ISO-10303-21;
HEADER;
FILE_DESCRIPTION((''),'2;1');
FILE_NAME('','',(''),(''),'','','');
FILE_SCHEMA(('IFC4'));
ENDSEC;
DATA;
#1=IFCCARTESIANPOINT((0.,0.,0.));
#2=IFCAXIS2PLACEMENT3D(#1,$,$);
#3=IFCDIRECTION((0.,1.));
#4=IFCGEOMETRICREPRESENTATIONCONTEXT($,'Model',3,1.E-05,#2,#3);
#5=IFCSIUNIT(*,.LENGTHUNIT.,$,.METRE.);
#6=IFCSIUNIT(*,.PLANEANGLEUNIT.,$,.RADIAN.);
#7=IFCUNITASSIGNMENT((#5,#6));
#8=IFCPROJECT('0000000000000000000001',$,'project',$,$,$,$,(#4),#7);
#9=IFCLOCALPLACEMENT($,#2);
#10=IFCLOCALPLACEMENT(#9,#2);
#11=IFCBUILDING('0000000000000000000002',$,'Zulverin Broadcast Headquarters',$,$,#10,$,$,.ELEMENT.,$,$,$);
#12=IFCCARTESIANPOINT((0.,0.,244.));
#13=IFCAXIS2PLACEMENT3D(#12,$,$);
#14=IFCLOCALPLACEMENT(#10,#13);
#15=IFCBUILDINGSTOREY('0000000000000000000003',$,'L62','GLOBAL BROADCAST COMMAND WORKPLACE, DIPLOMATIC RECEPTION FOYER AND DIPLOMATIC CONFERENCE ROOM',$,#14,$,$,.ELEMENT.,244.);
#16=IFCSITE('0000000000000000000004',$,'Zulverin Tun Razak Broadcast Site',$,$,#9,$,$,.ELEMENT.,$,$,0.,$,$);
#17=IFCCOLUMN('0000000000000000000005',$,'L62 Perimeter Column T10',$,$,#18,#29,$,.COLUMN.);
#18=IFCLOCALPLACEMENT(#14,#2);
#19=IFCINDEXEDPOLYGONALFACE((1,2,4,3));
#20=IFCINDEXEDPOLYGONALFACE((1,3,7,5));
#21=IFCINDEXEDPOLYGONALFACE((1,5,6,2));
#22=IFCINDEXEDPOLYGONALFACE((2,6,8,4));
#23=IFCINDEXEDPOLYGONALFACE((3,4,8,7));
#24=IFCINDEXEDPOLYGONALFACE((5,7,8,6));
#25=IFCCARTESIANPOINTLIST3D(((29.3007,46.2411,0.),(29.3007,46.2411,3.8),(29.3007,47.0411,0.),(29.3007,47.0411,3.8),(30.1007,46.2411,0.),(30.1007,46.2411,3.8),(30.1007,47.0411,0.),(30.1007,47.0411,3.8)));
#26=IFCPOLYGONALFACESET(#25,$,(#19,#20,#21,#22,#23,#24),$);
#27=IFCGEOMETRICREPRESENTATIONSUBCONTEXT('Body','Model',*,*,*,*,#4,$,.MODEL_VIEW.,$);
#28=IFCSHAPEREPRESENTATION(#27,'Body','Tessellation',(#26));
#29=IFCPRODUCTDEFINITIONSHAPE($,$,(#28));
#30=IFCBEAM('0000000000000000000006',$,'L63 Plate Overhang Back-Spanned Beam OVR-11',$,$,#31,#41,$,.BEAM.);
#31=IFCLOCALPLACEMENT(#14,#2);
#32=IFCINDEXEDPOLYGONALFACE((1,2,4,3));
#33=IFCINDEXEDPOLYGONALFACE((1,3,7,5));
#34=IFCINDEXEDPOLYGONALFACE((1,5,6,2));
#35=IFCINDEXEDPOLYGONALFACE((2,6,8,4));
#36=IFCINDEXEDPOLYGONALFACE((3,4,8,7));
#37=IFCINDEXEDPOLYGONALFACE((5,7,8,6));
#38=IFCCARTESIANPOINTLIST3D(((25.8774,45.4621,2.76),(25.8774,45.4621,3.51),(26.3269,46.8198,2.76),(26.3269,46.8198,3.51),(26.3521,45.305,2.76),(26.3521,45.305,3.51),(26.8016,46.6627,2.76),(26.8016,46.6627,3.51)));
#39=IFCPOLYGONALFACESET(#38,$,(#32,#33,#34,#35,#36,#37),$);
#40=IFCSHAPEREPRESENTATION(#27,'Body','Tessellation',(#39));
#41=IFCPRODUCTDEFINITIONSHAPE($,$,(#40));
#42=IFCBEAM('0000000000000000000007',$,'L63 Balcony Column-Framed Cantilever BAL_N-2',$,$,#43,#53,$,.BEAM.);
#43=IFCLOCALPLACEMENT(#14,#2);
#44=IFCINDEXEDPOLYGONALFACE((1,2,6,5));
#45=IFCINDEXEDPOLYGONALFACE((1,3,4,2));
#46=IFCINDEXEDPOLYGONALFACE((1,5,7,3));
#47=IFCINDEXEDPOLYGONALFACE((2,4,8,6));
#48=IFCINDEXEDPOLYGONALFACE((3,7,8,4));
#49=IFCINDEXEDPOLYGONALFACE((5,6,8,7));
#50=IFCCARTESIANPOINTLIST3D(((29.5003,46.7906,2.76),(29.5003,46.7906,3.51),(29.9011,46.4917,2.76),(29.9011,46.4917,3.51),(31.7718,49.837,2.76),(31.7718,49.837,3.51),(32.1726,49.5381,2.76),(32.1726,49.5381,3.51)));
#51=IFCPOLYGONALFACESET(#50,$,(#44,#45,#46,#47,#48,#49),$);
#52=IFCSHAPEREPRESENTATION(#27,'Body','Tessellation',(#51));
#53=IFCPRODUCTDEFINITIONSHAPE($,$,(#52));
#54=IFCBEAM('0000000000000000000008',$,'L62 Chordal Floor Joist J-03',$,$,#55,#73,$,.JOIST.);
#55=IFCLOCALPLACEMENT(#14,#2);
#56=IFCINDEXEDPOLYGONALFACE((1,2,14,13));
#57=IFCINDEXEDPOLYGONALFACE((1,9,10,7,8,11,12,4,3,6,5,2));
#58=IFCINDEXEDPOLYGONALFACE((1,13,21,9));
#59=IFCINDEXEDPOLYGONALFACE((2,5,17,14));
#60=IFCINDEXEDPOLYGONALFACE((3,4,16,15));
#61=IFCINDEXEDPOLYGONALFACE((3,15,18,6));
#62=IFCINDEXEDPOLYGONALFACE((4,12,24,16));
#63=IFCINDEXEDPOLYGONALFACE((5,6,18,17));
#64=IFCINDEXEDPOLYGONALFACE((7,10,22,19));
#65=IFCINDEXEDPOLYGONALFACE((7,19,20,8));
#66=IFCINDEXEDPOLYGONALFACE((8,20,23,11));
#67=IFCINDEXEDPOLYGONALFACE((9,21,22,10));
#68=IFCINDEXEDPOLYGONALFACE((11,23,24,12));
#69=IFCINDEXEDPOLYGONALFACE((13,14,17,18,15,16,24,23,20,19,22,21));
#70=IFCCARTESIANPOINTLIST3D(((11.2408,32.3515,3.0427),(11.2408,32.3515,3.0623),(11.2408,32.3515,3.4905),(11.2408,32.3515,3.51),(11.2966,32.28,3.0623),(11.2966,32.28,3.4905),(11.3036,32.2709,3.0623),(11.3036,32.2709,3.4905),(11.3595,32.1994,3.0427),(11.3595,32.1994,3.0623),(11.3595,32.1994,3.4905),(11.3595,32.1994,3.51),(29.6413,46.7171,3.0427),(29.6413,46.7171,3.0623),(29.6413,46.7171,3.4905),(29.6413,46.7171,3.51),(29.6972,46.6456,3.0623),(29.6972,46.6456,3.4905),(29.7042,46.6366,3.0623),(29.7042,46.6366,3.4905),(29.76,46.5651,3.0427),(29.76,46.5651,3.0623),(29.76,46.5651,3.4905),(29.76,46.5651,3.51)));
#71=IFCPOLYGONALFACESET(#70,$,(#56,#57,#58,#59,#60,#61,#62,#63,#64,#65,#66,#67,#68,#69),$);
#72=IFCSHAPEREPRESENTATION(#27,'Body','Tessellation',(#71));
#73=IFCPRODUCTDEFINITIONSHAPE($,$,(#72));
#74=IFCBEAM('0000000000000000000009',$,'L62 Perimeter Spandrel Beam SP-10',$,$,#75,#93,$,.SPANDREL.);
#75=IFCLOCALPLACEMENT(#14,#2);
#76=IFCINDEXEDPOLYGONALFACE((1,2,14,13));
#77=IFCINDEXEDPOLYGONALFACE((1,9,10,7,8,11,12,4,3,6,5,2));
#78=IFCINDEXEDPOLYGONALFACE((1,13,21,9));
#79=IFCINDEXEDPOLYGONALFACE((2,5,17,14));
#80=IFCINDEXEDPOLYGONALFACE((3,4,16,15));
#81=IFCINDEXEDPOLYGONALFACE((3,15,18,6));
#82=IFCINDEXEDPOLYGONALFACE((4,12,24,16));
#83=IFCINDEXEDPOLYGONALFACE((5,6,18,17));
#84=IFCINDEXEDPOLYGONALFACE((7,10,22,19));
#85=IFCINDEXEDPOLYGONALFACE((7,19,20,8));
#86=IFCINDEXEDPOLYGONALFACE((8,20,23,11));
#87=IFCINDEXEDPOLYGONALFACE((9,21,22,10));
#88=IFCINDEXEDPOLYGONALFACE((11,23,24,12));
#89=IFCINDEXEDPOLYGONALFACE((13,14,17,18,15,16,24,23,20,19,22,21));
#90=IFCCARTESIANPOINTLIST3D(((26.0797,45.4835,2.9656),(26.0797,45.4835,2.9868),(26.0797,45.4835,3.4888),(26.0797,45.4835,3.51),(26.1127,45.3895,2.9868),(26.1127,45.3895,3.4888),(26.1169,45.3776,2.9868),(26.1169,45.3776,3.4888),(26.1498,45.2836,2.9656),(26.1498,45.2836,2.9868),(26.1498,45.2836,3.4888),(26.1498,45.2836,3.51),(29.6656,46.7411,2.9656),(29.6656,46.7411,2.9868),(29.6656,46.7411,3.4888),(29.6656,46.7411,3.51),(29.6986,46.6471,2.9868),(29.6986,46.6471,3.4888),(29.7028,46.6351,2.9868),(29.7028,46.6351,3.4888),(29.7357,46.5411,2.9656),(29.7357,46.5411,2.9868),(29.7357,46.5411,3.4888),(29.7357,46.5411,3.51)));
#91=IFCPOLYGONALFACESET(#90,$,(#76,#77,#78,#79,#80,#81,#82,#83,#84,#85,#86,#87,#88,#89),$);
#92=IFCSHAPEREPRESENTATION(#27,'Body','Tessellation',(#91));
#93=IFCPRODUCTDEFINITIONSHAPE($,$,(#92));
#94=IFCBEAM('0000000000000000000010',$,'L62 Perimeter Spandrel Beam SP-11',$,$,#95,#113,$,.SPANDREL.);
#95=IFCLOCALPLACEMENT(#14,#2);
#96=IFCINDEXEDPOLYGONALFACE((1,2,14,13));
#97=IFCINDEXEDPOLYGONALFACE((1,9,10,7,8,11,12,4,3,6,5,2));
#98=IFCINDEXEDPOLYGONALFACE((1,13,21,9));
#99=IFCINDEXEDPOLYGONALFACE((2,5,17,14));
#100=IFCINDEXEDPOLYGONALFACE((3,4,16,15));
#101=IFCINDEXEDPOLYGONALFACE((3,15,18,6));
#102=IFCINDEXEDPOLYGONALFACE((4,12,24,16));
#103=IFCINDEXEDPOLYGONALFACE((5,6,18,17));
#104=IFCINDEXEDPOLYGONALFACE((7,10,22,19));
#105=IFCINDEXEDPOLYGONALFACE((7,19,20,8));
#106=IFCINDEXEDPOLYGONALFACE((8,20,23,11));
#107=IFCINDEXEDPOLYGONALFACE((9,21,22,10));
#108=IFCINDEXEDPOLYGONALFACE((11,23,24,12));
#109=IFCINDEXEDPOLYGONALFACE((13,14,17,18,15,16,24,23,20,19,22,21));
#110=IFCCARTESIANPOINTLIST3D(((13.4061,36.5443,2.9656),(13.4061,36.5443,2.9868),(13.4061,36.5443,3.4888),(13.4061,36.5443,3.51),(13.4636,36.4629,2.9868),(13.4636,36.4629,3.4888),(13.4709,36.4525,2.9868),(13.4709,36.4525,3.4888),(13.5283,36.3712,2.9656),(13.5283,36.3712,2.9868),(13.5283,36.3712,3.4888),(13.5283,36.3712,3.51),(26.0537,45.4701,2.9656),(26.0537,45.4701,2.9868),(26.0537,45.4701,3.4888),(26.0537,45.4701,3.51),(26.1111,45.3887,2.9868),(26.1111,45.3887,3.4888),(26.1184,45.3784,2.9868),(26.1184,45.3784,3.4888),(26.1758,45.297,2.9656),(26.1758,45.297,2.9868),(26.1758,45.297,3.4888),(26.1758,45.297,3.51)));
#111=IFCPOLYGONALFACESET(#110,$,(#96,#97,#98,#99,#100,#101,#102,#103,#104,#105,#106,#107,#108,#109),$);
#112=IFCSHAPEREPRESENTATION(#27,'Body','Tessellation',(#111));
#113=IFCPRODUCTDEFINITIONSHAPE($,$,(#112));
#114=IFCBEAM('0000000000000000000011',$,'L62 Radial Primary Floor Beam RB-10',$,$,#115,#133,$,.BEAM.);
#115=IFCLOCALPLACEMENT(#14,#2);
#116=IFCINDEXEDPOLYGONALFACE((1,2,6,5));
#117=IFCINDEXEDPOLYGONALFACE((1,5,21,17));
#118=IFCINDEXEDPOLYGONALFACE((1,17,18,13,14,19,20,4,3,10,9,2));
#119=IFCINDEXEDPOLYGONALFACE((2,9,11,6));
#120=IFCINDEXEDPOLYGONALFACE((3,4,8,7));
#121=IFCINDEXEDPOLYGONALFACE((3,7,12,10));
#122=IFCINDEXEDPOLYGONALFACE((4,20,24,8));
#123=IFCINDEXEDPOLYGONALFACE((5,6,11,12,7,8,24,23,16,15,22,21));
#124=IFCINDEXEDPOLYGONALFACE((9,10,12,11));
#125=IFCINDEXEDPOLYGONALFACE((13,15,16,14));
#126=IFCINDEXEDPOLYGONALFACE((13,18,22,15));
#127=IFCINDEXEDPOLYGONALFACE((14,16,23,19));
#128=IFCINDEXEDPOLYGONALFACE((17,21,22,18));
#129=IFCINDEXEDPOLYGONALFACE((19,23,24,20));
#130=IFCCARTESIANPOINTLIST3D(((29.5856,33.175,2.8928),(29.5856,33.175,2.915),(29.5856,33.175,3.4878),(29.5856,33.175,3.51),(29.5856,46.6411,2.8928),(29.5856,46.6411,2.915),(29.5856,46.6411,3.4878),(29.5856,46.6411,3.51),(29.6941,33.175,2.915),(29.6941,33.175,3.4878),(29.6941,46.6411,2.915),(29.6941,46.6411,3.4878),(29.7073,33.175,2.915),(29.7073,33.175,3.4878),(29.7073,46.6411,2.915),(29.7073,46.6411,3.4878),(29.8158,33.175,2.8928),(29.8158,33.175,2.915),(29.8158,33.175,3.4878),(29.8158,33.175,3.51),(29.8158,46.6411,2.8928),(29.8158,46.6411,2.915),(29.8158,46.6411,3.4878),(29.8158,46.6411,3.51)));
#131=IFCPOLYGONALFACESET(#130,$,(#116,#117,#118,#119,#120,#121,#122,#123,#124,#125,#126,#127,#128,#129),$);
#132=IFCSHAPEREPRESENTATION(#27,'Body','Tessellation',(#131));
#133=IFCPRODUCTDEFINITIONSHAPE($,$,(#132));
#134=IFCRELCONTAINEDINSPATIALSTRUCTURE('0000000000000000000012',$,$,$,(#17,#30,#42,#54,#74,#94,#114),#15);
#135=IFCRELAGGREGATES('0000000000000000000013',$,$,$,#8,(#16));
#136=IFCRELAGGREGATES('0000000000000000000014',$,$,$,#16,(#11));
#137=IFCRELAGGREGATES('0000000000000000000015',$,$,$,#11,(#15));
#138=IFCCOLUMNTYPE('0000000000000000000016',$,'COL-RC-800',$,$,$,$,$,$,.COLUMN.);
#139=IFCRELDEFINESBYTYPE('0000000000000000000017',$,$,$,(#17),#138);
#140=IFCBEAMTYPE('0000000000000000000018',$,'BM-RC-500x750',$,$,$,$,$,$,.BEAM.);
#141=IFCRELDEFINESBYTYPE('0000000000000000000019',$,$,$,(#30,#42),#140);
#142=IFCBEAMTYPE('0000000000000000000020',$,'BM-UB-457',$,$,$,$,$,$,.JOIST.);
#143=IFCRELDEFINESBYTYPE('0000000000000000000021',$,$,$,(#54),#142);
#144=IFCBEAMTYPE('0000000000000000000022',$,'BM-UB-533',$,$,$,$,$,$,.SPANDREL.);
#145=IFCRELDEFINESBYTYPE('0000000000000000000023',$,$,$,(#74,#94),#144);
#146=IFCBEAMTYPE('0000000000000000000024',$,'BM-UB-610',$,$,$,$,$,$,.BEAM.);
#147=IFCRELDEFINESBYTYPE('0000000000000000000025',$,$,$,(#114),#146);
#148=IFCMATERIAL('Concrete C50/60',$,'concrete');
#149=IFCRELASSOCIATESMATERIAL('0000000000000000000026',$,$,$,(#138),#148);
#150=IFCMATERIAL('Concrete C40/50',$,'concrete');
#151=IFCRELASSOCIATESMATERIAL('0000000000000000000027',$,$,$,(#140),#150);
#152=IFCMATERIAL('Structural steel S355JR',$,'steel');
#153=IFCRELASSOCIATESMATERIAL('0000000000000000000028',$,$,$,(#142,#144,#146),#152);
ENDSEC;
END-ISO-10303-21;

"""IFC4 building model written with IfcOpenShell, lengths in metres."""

from ifc_helpers import new_model, si_unit, direction, frame, origin, origin_2d, place, context, subcontext, project, spatial, rectangle, i_section, extrude, material, material_profile, profile_set, type_object, element, save


model = new_model("IFC4")

# Units and contexts
model_context = context("Model", 3, precision=1e-05, world=origin(), true_north=direction((0.0, 1.0)))
body_context = subcontext(model_context, "Body", "Model", "MODEL_VIEW")
ifc_project = project(units=[si_unit("LENGTHUNIT", "METRE"), si_unit("PLANEANGLEUNIT", "RADIAN")], contexts=[model_context])

# Site, building, storey
site_placement = place(None, origin())
site = spatial("IfcSite", under=ifc_project, at=site_placement, Name="Zulverin Tun Razak Broadcast Site", CompositionType="ELEMENT", RefElevation=0.0)
building_placement = place(site_placement, origin())
building = spatial("IfcBuilding", under=site, at=building_placement, Name="Zulverin Broadcast Headquarters", CompositionType="ELEMENT")
storey_placement = place(building_placement, frame((0.0, 0.0, 244.0)))
storey = spatial("IfcBuildingStorey", under=building, at=storey_placement, Name="L62", Description="GLOBAL BROADCAST COMMAND WORKPLACE, DIPLOMATIC RECEPTION FOYER AND DIPLOMATIC CONFERENCE ROOM", CompositionType="ELEMENT", Elevation=244.0)

# Column
ifc_material_1 = material(Name="Concrete C50/60", Category="concrete")
ifc_material_profile_1 = material_profile(ifc_material_1, rectangle(XDim=0.8, YDim=0.8, at=origin_2d()), Name="Concrete C50/60", Category="concrete")
ifc_profile_set_1 = profile_set([ifc_material_profile_1], Name="Concrete C50/60")
column_type = type_object("IfcColumnType", Name="COL-RC-800", PredefinedType="COLUMN", material=ifc_profile_set_1)
column_placement = place(storey_placement, frame((29.7007, 46.6411, 0.0), z_axis=(0.0, 0.0, 1.0), x_axis=(1.0, 0.0, 0.0)))
element("IfcColumn", 1, at=column_placement, inside=storey, type_object=column_type, Name="L62 Perimeter Column T10", PredefinedType="COLUMN", context=body_context, shape_type="SweptSolid", body=[
    extrude(rectangle(XDim=0.8, YDim=0.8, at=origin_2d()), origin(), (0.0, 0.0, 1.0), 3.8),
])

# Beams
ifc_material_2 = material(Name="Concrete C40/50", Category="concrete")
ifc_material_profile_2 = material_profile(ifc_material_2, rectangle(XDim=0.5, YDim=0.75, at=origin_2d()), Name="Concrete C40/50", Category="concrete")
ifc_profile_set_2 = profile_set([ifc_material_profile_2], Name="Concrete C40/50")
beam_type_1 = type_object("IfcBeamType", Name="BM-RC-500x750", PredefinedType="BEAM", material=ifc_profile_set_2)
beam_1_placement = place(storey_placement, frame((26.1147, 45.3835, 3.135), z_axis=(0.314281, 0.94933, 0.0), x_axis=(-0.94933, 0.314281, 0.0)))
element("IfcBeam", 2, at=beam_1_placement, inside=storey, type_object=beam_type_1, Name="L63 Plate Overhang Back-Spanned Beam OVR-11", PredefinedType="BEAM", context=body_context, shape_type="SweptSolid", body=[
    extrude(rectangle(XDim=0.5, YDim=0.75, at=origin_2d()), origin(), (0.0, 0.0, 1.0), 1.4302),
])
beam_2_placement = place(storey_placement, frame((29.7007, 46.6411, 3.135), z_axis=(0.597757, 0.801678, 0.0), x_axis=(-0.801678, 0.597757, 0.0)))
element("IfcBeam", 3, at=beam_2_placement, inside=storey, type_object=beam_type_1, Name="L63 Balcony Column-Framed Cantilever BAL_N-2", PredefinedType="BEAM", context=body_context, shape_type="SweptSolid", body=[
    extrude(rectangle(XDim=0.5, YDim=0.75, at=origin_2d()), origin(), (0.0, 0.0, 1.0), 3.8),
])
ifc_material_3 = material(Name="Structural steel S355JR", Category="steel")
ifc_material_profile_3 = material_profile(ifc_material_3, i_section(OverallWidth=0.1929, OverallDepth=0.4673, WebThickness=0.0115, FlangeThickness=0.0195, at=origin_2d()), Name="Structural steel S355JR", Category="steel")
ifc_profile_set_3 = profile_set([ifc_material_profile_3], Name="Structural steel S355JR")
beam_type_2 = type_object("IfcBeamType", Name="BM-UB-457", PredefinedType="JOIST", material=ifc_profile_set_3)
beam_3_placement = place(storey_placement, frame((29.7007, 46.6411, 3.2764), z_axis=(-0.788227, -0.615384, 0.0), x_axis=(0.615384, -0.788227, 0.0)))
element("IfcBeam", 4, at=beam_3_placement, inside=storey, type_object=beam_type_2, Name="L62 Chordal Floor Joist J-03", PredefinedType="JOIST", context=body_context, shape_type="SweptSolid", body=[
    extrude(i_section(OverallWidth=0.1929, OverallDepth=0.4673, WebThickness=0.0115, FlangeThickness=0.0195, at=origin_2d()), origin(), (0.0, 0.0, 1.0), 23.3442),
])
ifc_material_profile_4 = material_profile(ifc_material_3, i_section(OverallWidth=0.2119, OverallDepth=0.5444, WebThickness=0.0127, FlangeThickness=0.0212, at=origin_2d()), Name="Structural steel S355JR", Category="steel")
ifc_profile_set_4 = profile_set([ifc_material_profile_4], Name="Structural steel S355JR")
beam_type_3 = type_object("IfcBeamType", Name="BM-UB-533", PredefinedType="SPANDREL", material=ifc_profile_set_4)
beam_4_placement = place(storey_placement, frame((29.7007, 46.6411, 3.2378), z_axis=(-0.943654, -0.330934, 0.0), x_axis=(0.330934, -0.943654, 0.0)))
element("IfcBeam", 5, at=beam_4_placement, inside=storey, type_object=beam_type_3, Name="L62 Perimeter Spandrel Beam SP-10", PredefinedType="SPANDREL", context=body_context, shape_type="SweptSolid", body=[
    extrude(i_section(OverallWidth=0.2119, OverallDepth=0.5444, WebThickness=0.0127, FlangeThickness=0.0212, at=origin_2d()), origin(), (0.0, 0.0, 1.0), 3.8),
])
beam_5_placement = place(storey_placement, frame((26.1147, 45.3835, 3.2378), z_axis=(-0.817024, -0.576604, 0.0), x_axis=(0.576604, -0.817024, 0.0)))
element("IfcBeam", 6, at=beam_5_placement, inside=storey, type_object=beam_type_3, Name="L62 Perimeter Spandrel Beam SP-11", PredefinedType="SPANDREL", context=body_context, shape_type="SweptSolid", body=[
    extrude(i_section(OverallWidth=0.2119, OverallDepth=0.5444, WebThickness=0.0127, FlangeThickness=0.0212, at=origin_2d()), origin(), (0.0, 0.0, 1.0), 15.48),
])
ifc_material_profile_5 = material_profile(ifc_material_3, i_section(OverallWidth=0.2302, OverallDepth=0.6172, WebThickness=0.0132, FlangeThickness=0.0222, at=origin_2d()), Name="Structural steel S355JR", Category="steel")
ifc_profile_set_5 = profile_set([ifc_material_profile_5], Name="Structural steel S355JR")
beam_type_4 = type_object("IfcBeamType", Name="BM-UB-610", PredefinedType="BEAM", material=ifc_profile_set_5)
beam_6_placement = place(storey_placement, frame((29.7007, 33.175, 3.2014), z_axis=(0.0, 1.0, 0.0), x_axis=(-1.0, 0.0, 0.0)))
element("IfcBeam", 7, at=beam_6_placement, inside=storey, type_object=beam_type_4, Name="L62 Radial Primary Floor Beam RB-10", PredefinedType="BEAM", context=body_context, shape_type="SweptSolid", body=[
    extrude(i_section(OverallWidth=0.2302, OverallDepth=0.6172, WebThickness=0.0132, FlangeThickness=0.0222, at=origin_2d()), origin(), (0.0, 0.0, 1.0), 13.4661),
])

save(model, "model.ifc")
